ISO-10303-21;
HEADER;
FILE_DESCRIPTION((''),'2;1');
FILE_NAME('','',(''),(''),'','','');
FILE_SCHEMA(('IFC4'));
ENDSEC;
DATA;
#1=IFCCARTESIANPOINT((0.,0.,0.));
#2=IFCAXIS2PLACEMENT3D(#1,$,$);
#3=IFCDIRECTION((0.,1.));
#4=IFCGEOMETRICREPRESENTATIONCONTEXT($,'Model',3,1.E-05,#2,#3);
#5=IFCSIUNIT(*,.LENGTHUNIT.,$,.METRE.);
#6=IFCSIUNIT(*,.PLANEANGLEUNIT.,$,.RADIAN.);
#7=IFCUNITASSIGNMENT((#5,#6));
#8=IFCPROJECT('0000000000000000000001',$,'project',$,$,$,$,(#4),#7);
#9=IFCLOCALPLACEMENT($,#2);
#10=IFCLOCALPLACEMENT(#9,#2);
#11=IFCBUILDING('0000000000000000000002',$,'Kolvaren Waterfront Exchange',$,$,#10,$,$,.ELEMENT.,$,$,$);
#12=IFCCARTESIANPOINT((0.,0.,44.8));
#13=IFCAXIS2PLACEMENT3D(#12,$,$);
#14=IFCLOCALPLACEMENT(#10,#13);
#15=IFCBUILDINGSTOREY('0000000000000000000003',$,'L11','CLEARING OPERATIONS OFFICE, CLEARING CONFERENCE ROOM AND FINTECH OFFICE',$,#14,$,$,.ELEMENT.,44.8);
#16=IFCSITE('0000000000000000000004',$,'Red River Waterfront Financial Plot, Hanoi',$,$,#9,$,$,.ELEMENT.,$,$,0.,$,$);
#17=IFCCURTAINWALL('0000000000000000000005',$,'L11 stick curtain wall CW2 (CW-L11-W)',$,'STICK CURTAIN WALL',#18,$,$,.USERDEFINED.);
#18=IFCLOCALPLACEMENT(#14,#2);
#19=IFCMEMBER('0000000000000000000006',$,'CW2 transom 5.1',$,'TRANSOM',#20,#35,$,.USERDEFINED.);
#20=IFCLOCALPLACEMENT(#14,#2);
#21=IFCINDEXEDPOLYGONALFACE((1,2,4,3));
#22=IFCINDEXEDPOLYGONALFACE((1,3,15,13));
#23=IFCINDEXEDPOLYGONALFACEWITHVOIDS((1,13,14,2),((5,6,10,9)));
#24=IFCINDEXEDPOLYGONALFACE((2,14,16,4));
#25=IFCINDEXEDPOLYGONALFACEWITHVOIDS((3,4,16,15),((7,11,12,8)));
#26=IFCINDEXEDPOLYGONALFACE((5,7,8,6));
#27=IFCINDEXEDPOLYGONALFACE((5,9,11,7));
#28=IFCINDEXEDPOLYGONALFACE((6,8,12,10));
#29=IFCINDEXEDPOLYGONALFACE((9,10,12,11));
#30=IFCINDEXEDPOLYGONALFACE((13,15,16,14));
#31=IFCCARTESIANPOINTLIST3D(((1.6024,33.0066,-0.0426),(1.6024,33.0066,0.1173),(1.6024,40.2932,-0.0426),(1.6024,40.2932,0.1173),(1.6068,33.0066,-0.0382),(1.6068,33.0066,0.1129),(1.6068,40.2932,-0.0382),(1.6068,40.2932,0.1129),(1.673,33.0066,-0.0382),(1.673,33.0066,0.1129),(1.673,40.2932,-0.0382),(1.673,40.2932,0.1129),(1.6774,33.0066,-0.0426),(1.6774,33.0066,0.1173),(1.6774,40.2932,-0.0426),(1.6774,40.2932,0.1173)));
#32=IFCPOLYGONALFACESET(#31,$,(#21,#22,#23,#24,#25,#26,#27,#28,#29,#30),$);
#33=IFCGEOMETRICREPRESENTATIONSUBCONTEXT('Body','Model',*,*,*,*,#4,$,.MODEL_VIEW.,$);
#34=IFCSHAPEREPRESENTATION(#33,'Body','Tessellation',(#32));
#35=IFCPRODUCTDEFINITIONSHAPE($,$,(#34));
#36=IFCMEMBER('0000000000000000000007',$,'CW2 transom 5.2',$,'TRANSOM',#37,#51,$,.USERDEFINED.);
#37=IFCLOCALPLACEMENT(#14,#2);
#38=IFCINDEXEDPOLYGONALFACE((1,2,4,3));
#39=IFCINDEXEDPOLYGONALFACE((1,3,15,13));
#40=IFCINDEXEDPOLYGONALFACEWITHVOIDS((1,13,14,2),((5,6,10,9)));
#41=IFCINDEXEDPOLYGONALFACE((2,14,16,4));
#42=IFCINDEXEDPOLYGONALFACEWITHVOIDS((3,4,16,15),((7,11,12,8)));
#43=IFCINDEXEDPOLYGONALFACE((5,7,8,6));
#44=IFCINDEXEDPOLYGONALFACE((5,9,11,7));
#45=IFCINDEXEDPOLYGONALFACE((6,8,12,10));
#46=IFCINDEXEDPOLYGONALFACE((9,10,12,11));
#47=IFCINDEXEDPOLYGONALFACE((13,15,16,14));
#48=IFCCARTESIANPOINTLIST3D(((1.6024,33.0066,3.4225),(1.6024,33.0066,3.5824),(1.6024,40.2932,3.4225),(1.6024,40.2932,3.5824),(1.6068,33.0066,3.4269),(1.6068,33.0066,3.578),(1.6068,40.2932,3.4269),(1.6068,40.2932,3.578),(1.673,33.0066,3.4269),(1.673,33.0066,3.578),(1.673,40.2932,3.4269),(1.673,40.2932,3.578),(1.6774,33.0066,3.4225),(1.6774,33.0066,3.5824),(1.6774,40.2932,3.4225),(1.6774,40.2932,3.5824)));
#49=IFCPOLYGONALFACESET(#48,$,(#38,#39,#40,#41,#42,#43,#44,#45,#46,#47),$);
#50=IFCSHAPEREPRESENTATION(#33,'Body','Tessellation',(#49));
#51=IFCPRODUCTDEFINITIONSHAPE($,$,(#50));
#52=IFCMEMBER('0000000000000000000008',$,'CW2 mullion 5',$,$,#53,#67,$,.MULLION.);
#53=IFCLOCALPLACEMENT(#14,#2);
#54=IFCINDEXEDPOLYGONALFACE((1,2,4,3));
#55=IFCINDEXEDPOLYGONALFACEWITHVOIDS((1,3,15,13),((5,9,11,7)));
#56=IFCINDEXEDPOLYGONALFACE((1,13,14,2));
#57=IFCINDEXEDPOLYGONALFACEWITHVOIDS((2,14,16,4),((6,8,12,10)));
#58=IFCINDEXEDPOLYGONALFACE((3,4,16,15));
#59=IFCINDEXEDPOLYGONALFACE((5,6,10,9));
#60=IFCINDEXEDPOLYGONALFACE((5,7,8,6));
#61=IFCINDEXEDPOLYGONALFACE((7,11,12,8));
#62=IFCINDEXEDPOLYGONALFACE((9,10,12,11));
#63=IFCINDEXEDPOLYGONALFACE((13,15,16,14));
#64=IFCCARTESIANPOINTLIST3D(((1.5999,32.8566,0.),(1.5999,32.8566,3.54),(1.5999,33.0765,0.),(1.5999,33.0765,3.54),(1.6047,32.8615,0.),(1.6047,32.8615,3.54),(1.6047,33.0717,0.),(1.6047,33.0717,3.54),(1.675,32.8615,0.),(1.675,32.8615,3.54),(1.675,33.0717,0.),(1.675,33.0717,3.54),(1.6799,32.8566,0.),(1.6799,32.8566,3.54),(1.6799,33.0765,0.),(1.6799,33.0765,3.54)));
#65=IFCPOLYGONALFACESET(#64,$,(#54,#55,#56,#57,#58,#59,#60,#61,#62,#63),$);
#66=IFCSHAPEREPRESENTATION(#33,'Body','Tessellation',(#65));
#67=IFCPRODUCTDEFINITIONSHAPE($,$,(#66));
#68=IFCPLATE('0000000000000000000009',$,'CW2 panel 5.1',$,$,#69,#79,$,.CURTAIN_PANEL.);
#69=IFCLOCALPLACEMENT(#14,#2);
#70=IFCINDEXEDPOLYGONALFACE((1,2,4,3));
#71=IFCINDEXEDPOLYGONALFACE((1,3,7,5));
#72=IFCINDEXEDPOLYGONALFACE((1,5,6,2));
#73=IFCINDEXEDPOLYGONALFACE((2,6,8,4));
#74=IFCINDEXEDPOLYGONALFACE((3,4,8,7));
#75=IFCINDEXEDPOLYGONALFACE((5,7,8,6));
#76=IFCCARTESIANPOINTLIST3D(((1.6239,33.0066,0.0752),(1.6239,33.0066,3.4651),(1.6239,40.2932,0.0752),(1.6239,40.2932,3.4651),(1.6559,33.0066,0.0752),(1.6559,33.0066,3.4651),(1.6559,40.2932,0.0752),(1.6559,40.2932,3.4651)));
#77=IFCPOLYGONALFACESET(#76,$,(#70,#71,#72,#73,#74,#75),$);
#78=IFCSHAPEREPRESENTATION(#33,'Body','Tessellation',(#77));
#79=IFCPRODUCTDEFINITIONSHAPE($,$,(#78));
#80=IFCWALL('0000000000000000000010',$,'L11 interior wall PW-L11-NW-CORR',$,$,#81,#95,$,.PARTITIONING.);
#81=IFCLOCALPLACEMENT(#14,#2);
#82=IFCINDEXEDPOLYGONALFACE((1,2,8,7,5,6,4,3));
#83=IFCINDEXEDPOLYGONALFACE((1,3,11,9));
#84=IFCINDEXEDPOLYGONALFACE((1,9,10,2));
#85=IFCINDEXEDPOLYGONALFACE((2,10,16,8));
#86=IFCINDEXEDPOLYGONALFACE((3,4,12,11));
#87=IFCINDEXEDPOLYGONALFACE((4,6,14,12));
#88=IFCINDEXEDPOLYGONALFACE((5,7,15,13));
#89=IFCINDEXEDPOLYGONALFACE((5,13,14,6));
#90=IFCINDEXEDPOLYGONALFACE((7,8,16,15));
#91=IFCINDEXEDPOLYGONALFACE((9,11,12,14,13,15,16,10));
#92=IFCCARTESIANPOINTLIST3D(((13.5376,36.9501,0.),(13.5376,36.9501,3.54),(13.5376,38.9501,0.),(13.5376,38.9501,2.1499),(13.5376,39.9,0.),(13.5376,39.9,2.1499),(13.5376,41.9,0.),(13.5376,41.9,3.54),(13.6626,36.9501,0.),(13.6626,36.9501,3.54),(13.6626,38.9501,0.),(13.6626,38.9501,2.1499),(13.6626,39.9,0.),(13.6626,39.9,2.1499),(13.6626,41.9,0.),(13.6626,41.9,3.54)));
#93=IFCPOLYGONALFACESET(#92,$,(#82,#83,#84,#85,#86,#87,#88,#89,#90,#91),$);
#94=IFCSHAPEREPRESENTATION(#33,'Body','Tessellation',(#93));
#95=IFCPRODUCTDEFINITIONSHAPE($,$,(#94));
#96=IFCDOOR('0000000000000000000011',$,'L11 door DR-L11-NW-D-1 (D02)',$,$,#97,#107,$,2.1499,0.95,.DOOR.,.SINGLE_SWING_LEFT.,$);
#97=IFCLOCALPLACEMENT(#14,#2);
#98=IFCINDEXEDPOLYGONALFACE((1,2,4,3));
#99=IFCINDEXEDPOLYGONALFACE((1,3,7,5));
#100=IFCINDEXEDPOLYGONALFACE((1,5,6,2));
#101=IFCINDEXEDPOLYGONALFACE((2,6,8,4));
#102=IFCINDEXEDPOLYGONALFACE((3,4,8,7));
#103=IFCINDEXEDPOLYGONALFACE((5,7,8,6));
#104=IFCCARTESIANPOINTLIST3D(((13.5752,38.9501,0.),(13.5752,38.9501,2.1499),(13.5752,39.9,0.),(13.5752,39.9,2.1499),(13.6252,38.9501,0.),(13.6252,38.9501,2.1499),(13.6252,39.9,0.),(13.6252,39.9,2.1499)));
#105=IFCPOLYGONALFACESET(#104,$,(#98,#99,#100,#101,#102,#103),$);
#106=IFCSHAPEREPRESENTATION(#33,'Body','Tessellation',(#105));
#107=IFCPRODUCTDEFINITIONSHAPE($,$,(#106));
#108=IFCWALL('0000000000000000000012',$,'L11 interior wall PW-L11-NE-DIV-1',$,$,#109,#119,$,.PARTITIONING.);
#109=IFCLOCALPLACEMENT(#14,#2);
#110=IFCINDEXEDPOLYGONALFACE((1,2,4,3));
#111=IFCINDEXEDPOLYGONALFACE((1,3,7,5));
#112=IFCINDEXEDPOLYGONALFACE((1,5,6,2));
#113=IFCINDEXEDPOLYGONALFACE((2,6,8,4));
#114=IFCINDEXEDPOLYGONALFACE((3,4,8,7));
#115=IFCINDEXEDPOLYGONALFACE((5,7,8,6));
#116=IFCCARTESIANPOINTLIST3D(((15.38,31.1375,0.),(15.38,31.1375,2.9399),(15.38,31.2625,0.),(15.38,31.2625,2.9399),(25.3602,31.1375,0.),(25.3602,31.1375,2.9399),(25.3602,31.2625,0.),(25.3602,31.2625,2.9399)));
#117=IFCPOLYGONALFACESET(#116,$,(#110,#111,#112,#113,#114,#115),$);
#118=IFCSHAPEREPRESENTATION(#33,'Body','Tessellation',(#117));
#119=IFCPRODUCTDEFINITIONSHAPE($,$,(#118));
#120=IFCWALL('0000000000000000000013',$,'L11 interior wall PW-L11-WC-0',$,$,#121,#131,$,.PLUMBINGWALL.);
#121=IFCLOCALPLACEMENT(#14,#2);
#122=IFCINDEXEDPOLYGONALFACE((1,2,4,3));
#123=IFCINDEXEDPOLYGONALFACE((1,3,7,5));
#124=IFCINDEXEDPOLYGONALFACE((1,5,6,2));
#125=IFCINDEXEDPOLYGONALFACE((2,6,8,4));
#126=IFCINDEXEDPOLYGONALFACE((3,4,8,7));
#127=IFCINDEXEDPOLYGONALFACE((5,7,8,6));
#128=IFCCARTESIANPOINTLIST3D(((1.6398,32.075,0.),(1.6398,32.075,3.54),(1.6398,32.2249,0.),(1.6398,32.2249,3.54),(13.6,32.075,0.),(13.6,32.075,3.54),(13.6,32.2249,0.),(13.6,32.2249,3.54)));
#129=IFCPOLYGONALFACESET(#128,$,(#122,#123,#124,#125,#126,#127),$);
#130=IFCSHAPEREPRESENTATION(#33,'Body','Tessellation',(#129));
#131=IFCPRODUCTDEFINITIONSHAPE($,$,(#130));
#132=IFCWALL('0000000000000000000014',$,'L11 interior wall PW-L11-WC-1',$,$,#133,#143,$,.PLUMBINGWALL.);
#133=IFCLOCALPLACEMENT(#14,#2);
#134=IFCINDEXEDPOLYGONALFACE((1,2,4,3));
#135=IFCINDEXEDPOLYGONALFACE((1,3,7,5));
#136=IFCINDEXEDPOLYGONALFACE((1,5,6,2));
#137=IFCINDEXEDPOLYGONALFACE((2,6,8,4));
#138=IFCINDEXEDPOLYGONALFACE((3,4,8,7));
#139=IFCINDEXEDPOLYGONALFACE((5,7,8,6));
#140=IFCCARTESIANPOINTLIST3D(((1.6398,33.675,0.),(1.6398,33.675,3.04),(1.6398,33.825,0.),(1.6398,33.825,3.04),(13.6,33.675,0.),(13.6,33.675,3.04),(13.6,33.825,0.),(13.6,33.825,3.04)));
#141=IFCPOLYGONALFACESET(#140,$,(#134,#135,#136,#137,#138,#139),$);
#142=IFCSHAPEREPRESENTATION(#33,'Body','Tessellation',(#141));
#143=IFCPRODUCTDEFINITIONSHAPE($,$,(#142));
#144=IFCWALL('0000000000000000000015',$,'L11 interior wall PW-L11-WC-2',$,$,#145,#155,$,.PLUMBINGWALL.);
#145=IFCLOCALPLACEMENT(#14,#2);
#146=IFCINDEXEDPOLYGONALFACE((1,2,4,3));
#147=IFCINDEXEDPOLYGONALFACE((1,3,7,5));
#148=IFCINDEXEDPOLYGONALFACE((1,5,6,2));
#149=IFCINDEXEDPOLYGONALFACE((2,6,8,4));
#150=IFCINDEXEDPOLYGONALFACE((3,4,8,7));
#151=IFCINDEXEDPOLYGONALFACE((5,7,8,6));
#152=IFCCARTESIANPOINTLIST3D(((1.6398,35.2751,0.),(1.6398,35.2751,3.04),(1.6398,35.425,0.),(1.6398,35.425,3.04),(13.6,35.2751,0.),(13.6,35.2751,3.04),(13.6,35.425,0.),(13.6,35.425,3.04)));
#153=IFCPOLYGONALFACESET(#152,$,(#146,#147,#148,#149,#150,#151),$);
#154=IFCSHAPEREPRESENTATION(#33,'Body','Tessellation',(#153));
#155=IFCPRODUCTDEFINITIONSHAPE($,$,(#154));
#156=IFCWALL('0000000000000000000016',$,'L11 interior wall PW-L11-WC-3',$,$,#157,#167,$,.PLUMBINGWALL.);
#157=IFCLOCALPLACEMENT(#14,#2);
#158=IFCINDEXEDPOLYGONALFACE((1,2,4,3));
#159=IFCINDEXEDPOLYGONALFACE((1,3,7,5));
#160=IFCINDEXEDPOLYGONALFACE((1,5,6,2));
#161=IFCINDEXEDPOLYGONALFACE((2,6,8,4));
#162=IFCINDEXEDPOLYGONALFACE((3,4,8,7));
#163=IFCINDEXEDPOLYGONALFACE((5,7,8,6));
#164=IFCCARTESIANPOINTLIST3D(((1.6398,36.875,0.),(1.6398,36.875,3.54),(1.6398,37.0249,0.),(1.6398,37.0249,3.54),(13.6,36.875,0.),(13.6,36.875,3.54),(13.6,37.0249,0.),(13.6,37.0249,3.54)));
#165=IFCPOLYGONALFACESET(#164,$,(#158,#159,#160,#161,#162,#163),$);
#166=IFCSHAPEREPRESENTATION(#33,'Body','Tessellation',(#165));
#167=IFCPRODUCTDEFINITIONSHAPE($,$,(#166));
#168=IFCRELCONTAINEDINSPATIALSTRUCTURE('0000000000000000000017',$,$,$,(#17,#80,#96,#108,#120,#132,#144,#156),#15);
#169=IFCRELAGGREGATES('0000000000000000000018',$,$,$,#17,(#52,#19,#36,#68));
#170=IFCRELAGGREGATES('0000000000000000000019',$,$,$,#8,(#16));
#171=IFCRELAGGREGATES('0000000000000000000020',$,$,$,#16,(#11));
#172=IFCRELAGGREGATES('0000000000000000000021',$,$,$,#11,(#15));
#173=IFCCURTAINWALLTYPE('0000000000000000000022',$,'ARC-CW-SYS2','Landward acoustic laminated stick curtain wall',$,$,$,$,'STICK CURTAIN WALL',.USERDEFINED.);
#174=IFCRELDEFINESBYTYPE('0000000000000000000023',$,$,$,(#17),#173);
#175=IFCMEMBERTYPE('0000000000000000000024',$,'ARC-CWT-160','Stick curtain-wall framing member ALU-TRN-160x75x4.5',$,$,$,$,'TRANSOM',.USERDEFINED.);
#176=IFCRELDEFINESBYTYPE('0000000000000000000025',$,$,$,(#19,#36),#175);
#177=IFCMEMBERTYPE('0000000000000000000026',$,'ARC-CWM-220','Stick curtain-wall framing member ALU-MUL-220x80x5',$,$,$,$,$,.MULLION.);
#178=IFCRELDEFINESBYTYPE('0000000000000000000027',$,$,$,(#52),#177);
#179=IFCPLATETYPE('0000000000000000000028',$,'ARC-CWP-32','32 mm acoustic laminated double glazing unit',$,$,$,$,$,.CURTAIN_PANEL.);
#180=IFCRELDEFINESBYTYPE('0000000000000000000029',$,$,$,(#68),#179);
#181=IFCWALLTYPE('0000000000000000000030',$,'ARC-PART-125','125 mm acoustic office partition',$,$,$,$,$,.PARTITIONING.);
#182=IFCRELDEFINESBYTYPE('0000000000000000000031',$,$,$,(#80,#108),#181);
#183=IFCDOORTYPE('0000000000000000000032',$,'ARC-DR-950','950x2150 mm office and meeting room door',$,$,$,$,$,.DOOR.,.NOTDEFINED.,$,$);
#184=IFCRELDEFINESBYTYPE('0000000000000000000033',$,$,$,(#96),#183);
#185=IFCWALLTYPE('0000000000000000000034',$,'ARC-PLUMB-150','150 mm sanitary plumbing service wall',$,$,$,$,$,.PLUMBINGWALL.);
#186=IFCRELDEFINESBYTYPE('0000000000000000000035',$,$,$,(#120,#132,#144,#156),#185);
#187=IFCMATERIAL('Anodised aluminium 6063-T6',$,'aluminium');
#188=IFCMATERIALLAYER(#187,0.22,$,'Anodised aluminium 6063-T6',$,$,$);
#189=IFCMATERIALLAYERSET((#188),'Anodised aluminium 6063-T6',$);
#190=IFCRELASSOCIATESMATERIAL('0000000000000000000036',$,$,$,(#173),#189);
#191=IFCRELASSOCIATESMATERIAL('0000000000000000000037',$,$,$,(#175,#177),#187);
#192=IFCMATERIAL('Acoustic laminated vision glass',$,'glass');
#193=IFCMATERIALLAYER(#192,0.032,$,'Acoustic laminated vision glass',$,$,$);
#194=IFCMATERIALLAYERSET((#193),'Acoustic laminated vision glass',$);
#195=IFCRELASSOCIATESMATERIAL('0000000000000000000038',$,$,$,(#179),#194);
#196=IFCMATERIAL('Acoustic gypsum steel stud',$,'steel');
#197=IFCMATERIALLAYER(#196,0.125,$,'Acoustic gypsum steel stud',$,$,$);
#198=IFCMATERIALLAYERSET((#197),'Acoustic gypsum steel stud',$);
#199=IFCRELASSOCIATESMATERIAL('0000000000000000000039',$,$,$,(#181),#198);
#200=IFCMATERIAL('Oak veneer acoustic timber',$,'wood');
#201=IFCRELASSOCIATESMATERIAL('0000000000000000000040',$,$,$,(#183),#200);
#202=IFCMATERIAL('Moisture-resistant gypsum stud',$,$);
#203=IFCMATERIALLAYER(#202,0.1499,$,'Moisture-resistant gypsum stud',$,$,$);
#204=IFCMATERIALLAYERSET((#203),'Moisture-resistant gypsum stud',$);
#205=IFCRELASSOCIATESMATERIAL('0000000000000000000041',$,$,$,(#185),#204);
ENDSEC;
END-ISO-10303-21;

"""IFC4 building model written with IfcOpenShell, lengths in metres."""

from ifc_helpers import new_model, si_unit, direction, frame, frame_2d, origin, origin_with_axes, origin_2d, place, context, subcontext, project, spatial, rectangle, hollow_rectangle, extrude, source, transform, mapped, material, layer, layer_set, material_profile, profile_set, type_object, element, fill, aggregate, save


model = new_model("IFC4")

# Units and contexts
model_context = context("Model", 3, precision=1e-05, world=origin(), true_north=direction((0.0, 1.0)))
body_context = subcontext(model_context, "Body", "Model", "MODEL_VIEW")
ifc_project = project(units=[si_unit("LENGTHUNIT", "METRE"), si_unit("PLANEANGLEUNIT", "RADIAN")], contexts=[model_context])

# Site, building, storey
site_placement = place(None, origin())
site = spatial("IfcSite", under=ifc_project, at=site_placement, Name="Red River Waterfront Financial Plot, Hanoi", CompositionType="ELEMENT", RefElevation=0.0)
building_placement = place(site_placement, origin())
building = spatial("IfcBuilding", under=site, at=building_placement, Name="Kolvaren Waterfront Exchange", CompositionType="ELEMENT")
storey_placement = place(building_placement, frame((0.0, 0.0, 44.8)))
storey = spatial("IfcBuildingStorey", under=building, at=storey_placement, Name="L11", Description="CLEARING OPERATIONS OFFICE, CLEARING CONFERENCE ROOM AND FINTECH OFFICE", CompositionType="ELEMENT", Elevation=44.8)

# Curtain wall, members, plate
ifc_material_1 = material(Name="Anodised aluminium 6063-T6", Category="aluminium")
ifc_layer_1 = layer(ifc_material_1, 0.22, Name="Anodised aluminium 6063-T6")
ifc_layer_set_1 = layer_set([ifc_layer_1], Name="Anodised aluminium 6063-T6")
curtain_wall_type = type_object("IfcCurtainWallType", Name="ARC-CW-SYS2", Description="Landward acoustic laminated stick curtain wall", ElementType="STICK CURTAIN WALL", PredefinedType="USERDEFINED", material=ifc_layer_set_1)
curtain_wall_placement = place(storey_placement, origin())
curtain_wall = element("IfcCurtainWall", 1, at=curtain_wall_placement, inside=storey, type_object=curtain_wall_type, Name="L11 stick curtain wall CW2 (CW-L11-W)", ObjectType="STICK CURTAIN WALL", PredefinedType="USERDEFINED")
ifc_material_profile_1 = material_profile(ifc_material_1, hollow_rectangle(XDim=0.075, YDim=0.1599, WallThickness=0.0044, at=origin_2d()), Name="ALU-TRN-160x75x4.5")
ifc_profile_set_1 = profile_set([ifc_material_profile_1], Name="Anodised aluminium 6063-T6")
member_type_1 = type_object("IfcMemberType", Name="ARC-CWT-160", Description="Stick curtain-wall framing member ALU-TRN-160x75x4.5", ElementType="TRANSOM", PredefinedType="USERDEFINED", material=ifc_profile_set_1)
shared_shape_1 = source(origin_with_axes(), body_context, "Body", "SweptSolid", [
    extrude(hollow_rectangle(XDim=0.075, YDim=0.1599, WallThickness=0.0044, at=origin_2d()), origin(), (0.0, 0.0, 1.0), 7.2866),
])
member_1_placement = place(storey_placement, frame((1.6399, 33.0066, 0.0374), z_axis=(0.0, 1.0, 0.0), x_axis=(-1.0, 0.0, 0.0)))
member_1 = element("IfcMember", 2, at=member_1_placement, type_object=member_type_1, Name="CW2 transom 5.1", ObjectType="TRANSOM", PredefinedType="USERDEFINED", context=body_context, shape_type="MappedRepresentation", body=[
    mapped(shared_shape_1, transform((0.0, 0.0, 0.0), x_axis=(1.0, 0.0, 0.0), y_axis=(0.0, 1.0, 0.0), z_axis=(0.0, 0.0, 1.0), scale=1.0)),
])
member_2_placement = place(storey_placement, frame((1.6399, 33.0066, 3.5024), z_axis=(0.0, 1.0, 0.0), x_axis=(-1.0, 0.0, 0.0)))
member_2 = element("IfcMember", 3, at=member_2_placement, type_object=member_type_1, Name="CW2 transom 5.2", ObjectType="TRANSOM", PredefinedType="USERDEFINED", context=body_context, shape_type="MappedRepresentation", body=[
    mapped(shared_shape_1, transform((0.0, 0.0, 0.0), x_axis=(1.0, 0.0, 0.0), y_axis=(0.0, 1.0, 0.0), z_axis=(0.0, 0.0, 1.0), scale=1.0)),
])
ifc_material_profile_2 = material_profile(ifc_material_1, hollow_rectangle(XDim=0.0801, YDim=0.22, WallThickness=0.0049, at=origin_2d()), Name="ALU-MUL-220x80x5")
ifc_profile_set_2 = profile_set([ifc_material_profile_2], Name="Anodised aluminium 6063-T6")
member_type_2 = type_object("IfcMemberType", Name="ARC-CWM-220", Description="Stick curtain-wall framing member ALU-MUL-220x80x5", PredefinedType="MULLION", material=ifc_profile_set_2)
shared_shape_2 = source(origin_with_axes(), body_context, "Body", "SweptSolid", [
    extrude(hollow_rectangle(XDim=0.0801, YDim=0.22, WallThickness=0.0049, at=origin_2d()), origin(), (0.0, 0.0, 1.0), 3.54),
])
member_3_placement = place(storey_placement, frame((1.6399, 32.9666, 0.0), z_axis=(0.0, 0.0, 1.0), x_axis=(-1.0, 0.0, 0.0)))
member_3 = element("IfcMember", 4, at=member_3_placement, type_object=member_type_2, Name="CW2 mullion 5", PredefinedType="MULLION", context=body_context, shape_type="MappedRepresentation", body=[
    mapped(shared_shape_2, transform((0.0, 0.0, 0.0), x_axis=(1.0, 0.0, 0.0), y_axis=(0.0, 1.0, 0.0), z_axis=(0.0, 0.0, 1.0), scale=1.0)),
])
ifc_material_2 = material(Name="Acoustic laminated vision glass", Category="glass")
ifc_layer_2 = layer(ifc_material_2, 0.032, Name="Acoustic laminated vision glass")
ifc_layer_set_2 = layer_set([ifc_layer_2], Name="Acoustic laminated vision glass")
plate_type = type_object("IfcPlateType", Name="ARC-CWP-32", Description="32 mm acoustic laminated double glazing unit", PredefinedType="CURTAIN_PANEL", material=ifc_layer_set_2)
shared_shape_3 = source(origin_with_axes(), body_context, "Body", "SweptSolid", [
    extrude(rectangle(XDim=7.2866, YDim=0.032, at=origin_2d()), origin(), (0.0, 0.0, 1.0), 3.3899),
])
plate_placement = place(storey_placement, frame((1.6399, 36.6499, 0.0752), z_axis=(0.0, 0.0, 1.0), x_axis=(0.0, 1.0, 0.0)))
plate = element("IfcPlate", 5, at=plate_placement, type_object=plate_type, Name="CW2 panel 5.1", PredefinedType="CURTAIN_PANEL", context=body_context, shape_type="MappedRepresentation", body=[
    mapped(shared_shape_3, transform((0.0, 0.0, 0.0), x_axis=(1.0, 0.0, 0.0), y_axis=(0.0, 1.0, 0.0), z_axis=(0.0, 0.0, 1.0), scale=1.0)),
])
aggregate(curtain_wall, [member_3, member_1, member_2, plate])

# Wall, opening, door
ifc_material_3 = material(Name="Acoustic gypsum steel stud", Category="steel")
ifc_layer_3 = layer(ifc_material_3, 0.125, Name="Acoustic gypsum steel stud")
ifc_layer_set_3 = layer_set([ifc_layer_3], Name="Acoustic gypsum steel stud")
wall_type_1 = type_object("IfcWallType", Name="ARC-PART-125", Description="125 mm acoustic office partition", PredefinedType="PARTITIONING", material=ifc_layer_set_3)
wall_1_placement = place(storey_placement, frame((13.6001, 36.95, 0.0), z_axis=(0.0, 0.0, 1.0), x_axis=(0.0, 1.0, 0.0)))
wall_1 = element("IfcWall", 6, at=wall_1_placement, inside=storey, type_object=wall_type_1, Name="L11 interior wall PW-L11-NW-CORR", PredefinedType="PARTITIONING", context=body_context, shape_type="SweptSolid", body=[
    extrude(rectangle(XDim=4.95, YDim=0.125, at=frame_2d((2.4751, 0.0))), origin(), (0.0, 0.0, 1.0), 3.54),
])
opening_1_placement = place(wall_1_placement, frame((2.0, 0.0, 0.0)))
opening_1 = element("IfcOpeningElement", 7, at=opening_1_placement, cuts=wall_1, PredefinedType="OPENING", context=body_context, shape_type="SweptSolid", body=[
    extrude(rectangle(XDim=0.95, YDim=2.1499, at=frame_2d((0.4751, 1.075))), frame((0.0, 0.0725, 0.0), z_axis=(0.0, -1.0, 0.0), x_axis=(1.0, 0.0, 0.0)), (0.0, 0.0, 1.0), 0.145),
])
ifc_material_4 = material(Name="Oak veneer acoustic timber", Category="wood")
door_type_1 = type_object("IfcDoorType", Name="ARC-DR-950", Description="950x2150 mm office and meeting room door", OperationType="NOTDEFINED", PredefinedType="DOOR", material=ifc_material_4)
door_1_placement = place(opening_1_placement, origin())
door_1 = element("IfcDoor", 8, at=door_1_placement, inside=storey, type_object=door_type_1, Name="L11 door DR-L11-NW-D-1 (D02)", OperationType="SINGLE_SWING_LEFT", OverallHeight=2.1499, OverallWidth=0.95, PredefinedType="DOOR", context=body_context, shape_type="SweptSolid", body=[
    extrude(rectangle(XDim=0.95, YDim=2.1499, at=frame_2d((0.4751, 1.075))), frame((0.0, 0.0249, 0.0), z_axis=(0.0, -1.0, 0.0), x_axis=(1.0, 0.0, 0.0)), (0.0, 0.0, 1.0), 0.05),
])
fill(opening_1, door_1)

# Walls
wall_2_placement = place(storey_placement, frame((15.3799, 31.2, 0.0), z_axis=(0.0, 0.0, 1.0), x_axis=(1.0, 0.0, 0.0)))
element("IfcWall", 9, at=wall_2_placement, inside=storey, type_object=wall_type_1, Name="L11 interior wall PW-L11-NE-DIV-1", PredefinedType="PARTITIONING", context=body_context, shape_type="SweptSolid", body=[
    extrude(rectangle(XDim=9.9802, YDim=0.125, at=frame_2d((4.9902, 0.0))), origin(), (0.0, 0.0, 1.0), 2.9399),
])
ifc_material_5 = material(Name="Moisture-resistant gypsum stud")
ifc_layer_4 = layer(ifc_material_5, 0.1499, Name="Moisture-resistant gypsum stud")
ifc_layer_set_4 = layer_set([ifc_layer_4], Name="Moisture-resistant gypsum stud")
wall_type_2 = type_object("IfcWallType", Name="ARC-PLUMB-150", Description="150 mm sanitary plumbing service wall", PredefinedType="PLUMBINGWALL", material=ifc_layer_set_4)
wall_3_placement = place(storey_placement, frame((1.6399, 32.1499, 0.0), z_axis=(0.0, 0.0, 1.0), x_axis=(1.0, 0.0, 0.0)))
element("IfcWall", 10, at=wall_3_placement, inside=storey, type_object=wall_type_2, Name="L11 interior wall PW-L11-WC-0", PredefinedType="PLUMBINGWALL", context=body_context, shape_type="SweptSolid", body=[
    extrude(rectangle(XDim=11.9602, YDim=0.1499, at=frame_2d((5.98, 0.0))), origin(), (0.0, 0.0, 1.0), 3.54),
])

# Walls
for number, where, z_axis, x_axis, name in (
    (11, (1.6399, 33.75, 0.0), (0.0, 0.0, 1.0), (1.0, 0.0, 0.0), "L11 interior wall PW-L11-WC-1"),
    (12, (1.6399, 35.3501, 0.0), (0.0, 0.0, 1.0), (1.0, 0.0, 0.0), "L11 interior wall PW-L11-WC-2"),
):
    element("IfcWall", number, at=place(storey_placement, frame(where, z_axis=z_axis, x_axis=x_axis)), inside=storey, type_object=wall_type_2, Name=name, PredefinedType="PLUMBINGWALL", context=body_context, shape_type="SweptSolid", body=[
        extrude(rectangle(XDim=11.9602, YDim=0.1499, at=frame_2d((5.98, 0.0))), origin(), (0.0, 0.0, 1.0), 3.04),
    ])
wall_4_placement = place(storey_placement, frame((1.6399, 36.95, 0.0), z_axis=(0.0, 0.0, 1.0), x_axis=(1.0, 0.0, 0.0)))
element("IfcWall", 13, at=wall_4_placement, inside=storey, type_object=wall_type_2, Name="L11 interior wall PW-L11-WC-3", PredefinedType="PLUMBINGWALL", context=body_context, shape_type="SweptSolid", body=[
    extrude(rectangle(XDim=11.9602, YDim=0.1499, at=frame_2d((5.98, 0.0))), origin(), (0.0, 0.0, 1.0), 3.54),
])

save(model, "model.ifc")
